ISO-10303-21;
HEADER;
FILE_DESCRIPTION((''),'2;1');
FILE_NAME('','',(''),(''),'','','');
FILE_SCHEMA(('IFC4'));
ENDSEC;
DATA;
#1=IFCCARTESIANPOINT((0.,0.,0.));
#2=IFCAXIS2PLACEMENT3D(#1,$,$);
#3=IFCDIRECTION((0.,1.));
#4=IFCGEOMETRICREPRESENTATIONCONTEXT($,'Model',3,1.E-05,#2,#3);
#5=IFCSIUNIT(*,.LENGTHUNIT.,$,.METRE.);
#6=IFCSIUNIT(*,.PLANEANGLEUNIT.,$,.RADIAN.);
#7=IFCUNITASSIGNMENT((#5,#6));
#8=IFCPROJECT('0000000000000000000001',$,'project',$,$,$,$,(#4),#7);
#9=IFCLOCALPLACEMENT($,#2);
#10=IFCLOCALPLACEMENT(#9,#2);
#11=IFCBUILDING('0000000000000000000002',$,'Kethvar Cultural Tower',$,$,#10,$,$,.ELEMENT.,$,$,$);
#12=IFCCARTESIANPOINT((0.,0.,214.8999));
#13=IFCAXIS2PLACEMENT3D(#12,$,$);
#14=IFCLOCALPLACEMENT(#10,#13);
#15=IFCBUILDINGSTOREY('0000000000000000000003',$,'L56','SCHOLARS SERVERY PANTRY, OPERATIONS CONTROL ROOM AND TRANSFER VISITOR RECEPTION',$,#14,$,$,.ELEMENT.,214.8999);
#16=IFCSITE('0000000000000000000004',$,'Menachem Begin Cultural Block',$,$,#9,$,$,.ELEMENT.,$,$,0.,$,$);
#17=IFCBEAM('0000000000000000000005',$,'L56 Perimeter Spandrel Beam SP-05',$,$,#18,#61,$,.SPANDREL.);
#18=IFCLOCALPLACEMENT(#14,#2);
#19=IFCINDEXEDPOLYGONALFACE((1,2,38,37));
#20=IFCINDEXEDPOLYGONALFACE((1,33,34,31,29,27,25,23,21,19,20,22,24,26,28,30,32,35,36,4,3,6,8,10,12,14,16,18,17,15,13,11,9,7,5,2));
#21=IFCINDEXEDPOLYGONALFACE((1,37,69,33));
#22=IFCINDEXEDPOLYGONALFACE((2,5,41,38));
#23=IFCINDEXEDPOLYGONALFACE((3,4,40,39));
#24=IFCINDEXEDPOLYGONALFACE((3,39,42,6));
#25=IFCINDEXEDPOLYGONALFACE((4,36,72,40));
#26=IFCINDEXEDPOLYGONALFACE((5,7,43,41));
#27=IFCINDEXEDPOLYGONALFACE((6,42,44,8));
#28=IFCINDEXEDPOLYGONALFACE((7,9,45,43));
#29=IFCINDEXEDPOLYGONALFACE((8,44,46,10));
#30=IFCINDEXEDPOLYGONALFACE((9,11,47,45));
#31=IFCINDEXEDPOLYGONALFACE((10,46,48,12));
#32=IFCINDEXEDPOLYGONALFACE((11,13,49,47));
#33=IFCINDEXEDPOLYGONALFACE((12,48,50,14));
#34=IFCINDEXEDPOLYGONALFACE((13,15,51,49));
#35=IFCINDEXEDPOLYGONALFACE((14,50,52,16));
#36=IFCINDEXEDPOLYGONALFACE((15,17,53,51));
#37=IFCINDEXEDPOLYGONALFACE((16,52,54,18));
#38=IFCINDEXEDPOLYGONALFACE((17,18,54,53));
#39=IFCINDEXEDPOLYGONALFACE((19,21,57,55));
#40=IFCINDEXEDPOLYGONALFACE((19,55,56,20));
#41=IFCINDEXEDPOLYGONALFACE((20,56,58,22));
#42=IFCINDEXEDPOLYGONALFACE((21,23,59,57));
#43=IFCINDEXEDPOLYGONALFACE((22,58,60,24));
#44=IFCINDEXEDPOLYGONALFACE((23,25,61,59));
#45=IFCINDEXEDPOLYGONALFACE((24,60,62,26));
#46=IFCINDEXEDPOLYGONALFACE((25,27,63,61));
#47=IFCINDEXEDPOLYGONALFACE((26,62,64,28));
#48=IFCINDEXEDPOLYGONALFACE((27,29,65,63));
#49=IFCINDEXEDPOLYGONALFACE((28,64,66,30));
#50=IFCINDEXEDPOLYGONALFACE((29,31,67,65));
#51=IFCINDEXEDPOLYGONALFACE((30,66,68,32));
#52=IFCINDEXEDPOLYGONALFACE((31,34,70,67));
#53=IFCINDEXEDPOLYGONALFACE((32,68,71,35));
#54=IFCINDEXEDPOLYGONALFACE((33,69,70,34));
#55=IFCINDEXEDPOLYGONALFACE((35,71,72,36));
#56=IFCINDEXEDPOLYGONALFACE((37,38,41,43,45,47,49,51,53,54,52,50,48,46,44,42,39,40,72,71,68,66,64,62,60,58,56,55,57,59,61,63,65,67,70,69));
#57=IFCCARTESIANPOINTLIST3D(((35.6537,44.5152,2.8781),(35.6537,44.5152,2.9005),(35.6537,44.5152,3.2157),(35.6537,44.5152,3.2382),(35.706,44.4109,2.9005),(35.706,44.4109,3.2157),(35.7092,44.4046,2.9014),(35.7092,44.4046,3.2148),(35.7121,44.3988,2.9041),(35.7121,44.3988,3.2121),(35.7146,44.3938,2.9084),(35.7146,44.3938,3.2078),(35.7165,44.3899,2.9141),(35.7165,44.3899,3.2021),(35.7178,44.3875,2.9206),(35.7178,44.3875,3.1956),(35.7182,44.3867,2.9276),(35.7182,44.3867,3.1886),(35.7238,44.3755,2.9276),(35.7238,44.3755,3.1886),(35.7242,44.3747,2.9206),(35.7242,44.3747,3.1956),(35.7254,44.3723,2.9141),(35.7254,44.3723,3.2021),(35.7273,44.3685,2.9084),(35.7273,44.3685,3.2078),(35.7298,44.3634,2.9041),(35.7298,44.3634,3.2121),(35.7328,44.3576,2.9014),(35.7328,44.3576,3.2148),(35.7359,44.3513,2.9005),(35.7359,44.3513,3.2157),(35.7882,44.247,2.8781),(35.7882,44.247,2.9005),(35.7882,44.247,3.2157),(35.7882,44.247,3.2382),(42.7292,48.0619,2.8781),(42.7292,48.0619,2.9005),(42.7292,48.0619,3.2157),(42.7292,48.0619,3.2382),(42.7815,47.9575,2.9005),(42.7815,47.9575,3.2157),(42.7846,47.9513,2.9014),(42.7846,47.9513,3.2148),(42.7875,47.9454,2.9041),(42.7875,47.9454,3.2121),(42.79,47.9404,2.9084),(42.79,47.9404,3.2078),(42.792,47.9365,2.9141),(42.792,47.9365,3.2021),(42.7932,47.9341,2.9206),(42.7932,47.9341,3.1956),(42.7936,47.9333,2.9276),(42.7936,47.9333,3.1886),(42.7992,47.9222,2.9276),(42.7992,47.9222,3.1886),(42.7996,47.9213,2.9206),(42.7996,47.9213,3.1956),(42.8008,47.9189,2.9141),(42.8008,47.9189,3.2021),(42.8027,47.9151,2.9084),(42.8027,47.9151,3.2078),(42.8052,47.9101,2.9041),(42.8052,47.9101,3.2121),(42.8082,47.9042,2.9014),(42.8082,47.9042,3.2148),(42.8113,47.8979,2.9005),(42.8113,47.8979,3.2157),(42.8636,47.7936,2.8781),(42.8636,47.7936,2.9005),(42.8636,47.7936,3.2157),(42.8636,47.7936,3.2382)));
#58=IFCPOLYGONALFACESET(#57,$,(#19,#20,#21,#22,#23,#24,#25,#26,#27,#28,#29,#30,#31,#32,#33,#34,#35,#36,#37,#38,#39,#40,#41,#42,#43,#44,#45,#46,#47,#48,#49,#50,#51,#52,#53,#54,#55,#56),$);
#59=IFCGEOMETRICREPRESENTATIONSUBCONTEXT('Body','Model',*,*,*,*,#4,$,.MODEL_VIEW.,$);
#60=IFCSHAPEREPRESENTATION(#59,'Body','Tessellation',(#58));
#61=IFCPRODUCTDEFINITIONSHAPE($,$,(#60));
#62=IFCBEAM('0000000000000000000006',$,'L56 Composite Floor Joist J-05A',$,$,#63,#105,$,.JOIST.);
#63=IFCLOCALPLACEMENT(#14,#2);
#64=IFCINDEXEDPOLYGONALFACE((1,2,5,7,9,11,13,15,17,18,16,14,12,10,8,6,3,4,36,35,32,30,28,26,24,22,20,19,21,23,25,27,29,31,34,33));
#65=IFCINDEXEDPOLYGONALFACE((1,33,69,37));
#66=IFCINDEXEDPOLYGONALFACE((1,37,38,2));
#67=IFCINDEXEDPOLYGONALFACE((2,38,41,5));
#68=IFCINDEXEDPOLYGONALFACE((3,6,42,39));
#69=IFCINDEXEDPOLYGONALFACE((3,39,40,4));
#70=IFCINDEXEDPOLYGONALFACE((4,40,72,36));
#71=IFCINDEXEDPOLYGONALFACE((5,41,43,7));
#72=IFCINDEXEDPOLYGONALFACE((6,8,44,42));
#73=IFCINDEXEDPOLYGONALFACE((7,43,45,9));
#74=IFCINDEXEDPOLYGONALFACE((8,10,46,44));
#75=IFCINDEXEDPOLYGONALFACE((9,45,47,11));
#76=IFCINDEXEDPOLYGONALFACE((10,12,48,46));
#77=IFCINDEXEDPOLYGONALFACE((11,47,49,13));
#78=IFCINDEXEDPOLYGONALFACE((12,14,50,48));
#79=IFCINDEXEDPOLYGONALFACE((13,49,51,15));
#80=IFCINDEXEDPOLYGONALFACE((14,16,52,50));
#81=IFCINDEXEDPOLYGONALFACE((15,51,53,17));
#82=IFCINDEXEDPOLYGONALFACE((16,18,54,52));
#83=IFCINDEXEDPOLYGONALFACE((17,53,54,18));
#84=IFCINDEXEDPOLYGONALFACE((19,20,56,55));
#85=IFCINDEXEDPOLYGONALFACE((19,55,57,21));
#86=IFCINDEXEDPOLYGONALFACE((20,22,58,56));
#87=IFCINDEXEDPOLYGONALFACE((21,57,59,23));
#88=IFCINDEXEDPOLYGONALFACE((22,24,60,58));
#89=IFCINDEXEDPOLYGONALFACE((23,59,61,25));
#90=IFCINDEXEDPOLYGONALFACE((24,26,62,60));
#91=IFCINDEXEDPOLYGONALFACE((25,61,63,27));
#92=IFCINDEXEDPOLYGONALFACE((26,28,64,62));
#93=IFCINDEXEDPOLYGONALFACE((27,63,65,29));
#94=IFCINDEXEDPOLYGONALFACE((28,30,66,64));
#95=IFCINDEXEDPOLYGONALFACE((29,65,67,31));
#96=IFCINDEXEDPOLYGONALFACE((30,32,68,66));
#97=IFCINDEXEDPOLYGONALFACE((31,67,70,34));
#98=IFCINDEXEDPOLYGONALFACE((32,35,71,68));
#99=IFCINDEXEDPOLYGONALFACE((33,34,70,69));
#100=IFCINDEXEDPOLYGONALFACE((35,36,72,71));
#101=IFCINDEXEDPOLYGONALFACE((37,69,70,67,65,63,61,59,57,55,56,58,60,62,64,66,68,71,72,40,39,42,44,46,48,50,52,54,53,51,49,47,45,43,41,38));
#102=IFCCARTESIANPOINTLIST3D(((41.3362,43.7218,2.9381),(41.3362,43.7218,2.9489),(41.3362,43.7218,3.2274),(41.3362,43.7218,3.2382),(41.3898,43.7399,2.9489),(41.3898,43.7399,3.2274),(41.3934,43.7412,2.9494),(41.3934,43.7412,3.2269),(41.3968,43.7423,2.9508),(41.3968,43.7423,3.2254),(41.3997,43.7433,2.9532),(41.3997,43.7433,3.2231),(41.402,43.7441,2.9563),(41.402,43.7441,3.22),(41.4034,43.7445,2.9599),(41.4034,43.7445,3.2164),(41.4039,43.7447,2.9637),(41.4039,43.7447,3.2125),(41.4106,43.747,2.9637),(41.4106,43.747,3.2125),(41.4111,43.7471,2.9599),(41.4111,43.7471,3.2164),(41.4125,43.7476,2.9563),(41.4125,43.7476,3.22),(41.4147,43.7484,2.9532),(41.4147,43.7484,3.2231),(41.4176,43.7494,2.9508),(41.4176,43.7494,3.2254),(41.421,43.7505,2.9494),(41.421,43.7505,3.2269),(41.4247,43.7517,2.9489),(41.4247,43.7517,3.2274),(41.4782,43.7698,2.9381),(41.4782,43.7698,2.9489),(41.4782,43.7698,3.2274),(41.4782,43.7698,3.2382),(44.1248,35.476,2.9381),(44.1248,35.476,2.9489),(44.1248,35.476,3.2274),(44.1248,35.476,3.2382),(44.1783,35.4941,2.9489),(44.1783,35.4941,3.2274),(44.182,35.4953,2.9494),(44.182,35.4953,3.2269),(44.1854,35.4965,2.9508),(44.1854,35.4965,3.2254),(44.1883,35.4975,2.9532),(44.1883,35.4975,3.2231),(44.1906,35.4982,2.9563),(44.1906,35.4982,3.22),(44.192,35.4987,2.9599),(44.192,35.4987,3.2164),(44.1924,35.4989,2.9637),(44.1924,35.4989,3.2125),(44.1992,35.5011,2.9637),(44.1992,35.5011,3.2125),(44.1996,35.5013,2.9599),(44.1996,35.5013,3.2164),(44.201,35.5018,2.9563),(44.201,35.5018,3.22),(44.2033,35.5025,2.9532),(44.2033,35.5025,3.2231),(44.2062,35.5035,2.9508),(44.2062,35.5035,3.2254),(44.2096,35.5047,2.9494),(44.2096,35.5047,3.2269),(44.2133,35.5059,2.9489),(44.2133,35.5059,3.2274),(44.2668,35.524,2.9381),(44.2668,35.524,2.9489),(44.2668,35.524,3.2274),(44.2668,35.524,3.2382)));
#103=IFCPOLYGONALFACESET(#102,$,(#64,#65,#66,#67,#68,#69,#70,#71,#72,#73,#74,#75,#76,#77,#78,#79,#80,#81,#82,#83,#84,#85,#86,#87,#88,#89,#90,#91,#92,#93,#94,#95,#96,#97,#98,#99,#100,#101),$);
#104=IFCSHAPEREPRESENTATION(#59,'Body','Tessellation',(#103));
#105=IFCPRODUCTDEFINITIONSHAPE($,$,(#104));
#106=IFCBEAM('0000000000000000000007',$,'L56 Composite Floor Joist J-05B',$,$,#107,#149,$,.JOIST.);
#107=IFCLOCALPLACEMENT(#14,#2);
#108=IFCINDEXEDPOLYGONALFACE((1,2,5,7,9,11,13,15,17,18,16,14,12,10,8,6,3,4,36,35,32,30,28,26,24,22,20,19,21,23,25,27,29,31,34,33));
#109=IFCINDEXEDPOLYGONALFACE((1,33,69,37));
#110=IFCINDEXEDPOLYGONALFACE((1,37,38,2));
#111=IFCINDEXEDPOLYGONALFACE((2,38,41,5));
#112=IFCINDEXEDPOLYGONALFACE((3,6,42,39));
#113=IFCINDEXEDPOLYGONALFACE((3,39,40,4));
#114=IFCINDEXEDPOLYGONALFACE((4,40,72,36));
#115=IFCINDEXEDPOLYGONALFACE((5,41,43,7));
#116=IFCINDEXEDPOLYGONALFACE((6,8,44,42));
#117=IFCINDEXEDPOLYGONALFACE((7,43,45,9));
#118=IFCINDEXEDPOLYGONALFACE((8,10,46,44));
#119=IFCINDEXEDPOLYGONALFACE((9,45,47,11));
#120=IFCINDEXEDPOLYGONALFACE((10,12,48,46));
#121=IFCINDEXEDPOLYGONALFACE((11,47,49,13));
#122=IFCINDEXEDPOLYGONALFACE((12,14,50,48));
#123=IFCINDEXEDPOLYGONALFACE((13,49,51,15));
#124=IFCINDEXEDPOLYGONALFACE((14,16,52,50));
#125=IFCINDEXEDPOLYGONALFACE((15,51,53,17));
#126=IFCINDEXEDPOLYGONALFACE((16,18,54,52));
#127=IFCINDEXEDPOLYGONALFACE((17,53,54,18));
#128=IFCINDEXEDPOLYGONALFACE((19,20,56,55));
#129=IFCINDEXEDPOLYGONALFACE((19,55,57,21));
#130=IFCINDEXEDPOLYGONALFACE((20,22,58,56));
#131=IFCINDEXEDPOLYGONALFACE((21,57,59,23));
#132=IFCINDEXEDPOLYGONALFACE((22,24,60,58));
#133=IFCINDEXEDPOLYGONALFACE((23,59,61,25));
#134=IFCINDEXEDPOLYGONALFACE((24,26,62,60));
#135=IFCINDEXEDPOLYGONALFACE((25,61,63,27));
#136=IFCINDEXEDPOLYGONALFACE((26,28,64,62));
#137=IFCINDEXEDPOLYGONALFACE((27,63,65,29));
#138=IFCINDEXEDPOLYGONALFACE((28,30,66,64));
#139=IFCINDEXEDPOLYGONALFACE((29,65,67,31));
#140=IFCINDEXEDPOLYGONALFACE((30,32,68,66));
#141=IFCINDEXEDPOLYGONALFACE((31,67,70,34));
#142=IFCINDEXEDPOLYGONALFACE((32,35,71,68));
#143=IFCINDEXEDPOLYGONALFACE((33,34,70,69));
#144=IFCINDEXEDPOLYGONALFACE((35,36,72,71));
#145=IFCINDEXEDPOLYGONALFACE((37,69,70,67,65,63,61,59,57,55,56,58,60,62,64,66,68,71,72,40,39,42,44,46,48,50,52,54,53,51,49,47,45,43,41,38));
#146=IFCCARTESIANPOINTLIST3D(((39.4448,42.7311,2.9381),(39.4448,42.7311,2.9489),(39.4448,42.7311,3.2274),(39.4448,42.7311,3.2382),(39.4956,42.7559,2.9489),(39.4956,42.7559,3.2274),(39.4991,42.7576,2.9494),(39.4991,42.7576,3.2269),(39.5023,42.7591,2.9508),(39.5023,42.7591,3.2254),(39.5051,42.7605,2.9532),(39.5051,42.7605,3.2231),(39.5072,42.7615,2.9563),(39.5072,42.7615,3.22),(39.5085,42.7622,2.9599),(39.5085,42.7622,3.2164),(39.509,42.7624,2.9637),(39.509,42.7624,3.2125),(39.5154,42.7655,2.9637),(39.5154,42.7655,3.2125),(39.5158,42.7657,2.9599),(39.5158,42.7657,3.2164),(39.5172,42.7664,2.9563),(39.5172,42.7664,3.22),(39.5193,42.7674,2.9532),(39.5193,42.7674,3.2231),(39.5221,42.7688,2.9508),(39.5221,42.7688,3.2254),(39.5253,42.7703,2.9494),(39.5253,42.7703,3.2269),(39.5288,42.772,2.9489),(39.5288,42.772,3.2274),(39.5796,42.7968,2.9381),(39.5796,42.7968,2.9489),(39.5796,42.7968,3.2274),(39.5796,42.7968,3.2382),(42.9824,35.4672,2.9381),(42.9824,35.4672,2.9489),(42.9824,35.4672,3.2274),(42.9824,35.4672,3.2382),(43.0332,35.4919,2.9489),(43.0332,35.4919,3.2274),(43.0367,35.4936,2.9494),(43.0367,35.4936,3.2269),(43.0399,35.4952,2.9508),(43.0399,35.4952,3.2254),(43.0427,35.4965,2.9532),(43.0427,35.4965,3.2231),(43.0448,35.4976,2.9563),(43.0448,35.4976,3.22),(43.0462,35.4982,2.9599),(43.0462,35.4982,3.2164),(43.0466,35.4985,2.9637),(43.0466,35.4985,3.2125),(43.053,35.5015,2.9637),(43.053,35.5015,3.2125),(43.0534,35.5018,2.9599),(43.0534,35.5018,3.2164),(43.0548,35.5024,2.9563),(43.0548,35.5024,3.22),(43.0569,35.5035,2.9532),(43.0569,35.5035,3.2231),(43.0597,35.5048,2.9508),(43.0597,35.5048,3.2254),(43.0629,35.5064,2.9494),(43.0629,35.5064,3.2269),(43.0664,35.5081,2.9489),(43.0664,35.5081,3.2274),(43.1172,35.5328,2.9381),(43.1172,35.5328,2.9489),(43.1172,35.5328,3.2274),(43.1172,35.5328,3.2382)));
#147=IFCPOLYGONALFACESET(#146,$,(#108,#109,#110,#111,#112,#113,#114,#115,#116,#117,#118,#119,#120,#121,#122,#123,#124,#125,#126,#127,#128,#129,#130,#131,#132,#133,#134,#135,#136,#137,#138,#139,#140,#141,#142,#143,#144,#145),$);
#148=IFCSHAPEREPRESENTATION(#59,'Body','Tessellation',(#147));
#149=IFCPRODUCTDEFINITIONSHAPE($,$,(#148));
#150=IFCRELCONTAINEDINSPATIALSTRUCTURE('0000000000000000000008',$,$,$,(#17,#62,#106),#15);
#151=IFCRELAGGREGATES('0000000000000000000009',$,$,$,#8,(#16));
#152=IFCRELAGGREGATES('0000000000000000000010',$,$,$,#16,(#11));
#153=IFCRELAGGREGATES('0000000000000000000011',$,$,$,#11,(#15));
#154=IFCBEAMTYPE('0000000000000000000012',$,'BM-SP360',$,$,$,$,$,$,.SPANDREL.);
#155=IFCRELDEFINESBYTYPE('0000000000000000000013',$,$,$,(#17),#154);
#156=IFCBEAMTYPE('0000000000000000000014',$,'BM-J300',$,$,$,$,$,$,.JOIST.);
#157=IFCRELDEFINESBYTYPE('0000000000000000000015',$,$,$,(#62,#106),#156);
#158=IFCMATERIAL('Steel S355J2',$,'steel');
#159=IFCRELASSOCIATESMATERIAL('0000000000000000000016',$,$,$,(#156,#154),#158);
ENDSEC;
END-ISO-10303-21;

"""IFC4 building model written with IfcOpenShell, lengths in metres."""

from ifc_helpers import new_model, si_unit, direction, frame, origin, origin_2d, place, context, subcontext, project, spatial, i_section, extrude, source, transform, mapped, material, material_profile, profile_set, type_object, element, save


model = new_model("IFC4")

# Units and contexts
model_context = context("Model", 3, precision=1e-05, world=origin(), true_north=direction((0.0, 1.0)))
body_context = subcontext(model_context, "Body", "Model", "MODEL_VIEW")
ifc_project = project(units=[si_unit("LENGTHUNIT", "METRE"), si_unit("PLANEANGLEUNIT", "RADIAN")], contexts=[model_context])

# Site, building, storey
site_placement = place(None, origin())
site = spatial("IfcSite", under=ifc_project, at=site_placement, Name="Menachem Begin Cultural Block", CompositionType="ELEMENT", RefElevation=0.0)
building_placement = place(site_placement, origin())
building = spatial("IfcBuilding", under=site, at=building_placement, Name="Kethvar Cultural Tower", CompositionType="ELEMENT")
storey_placement = place(building_placement, frame((0.0, 0.0, 214.8999)))
storey = spatial("IfcBuildingStorey", under=building, at=storey_placement, Name="L56", Description="SCHOLARS SERVERY PANTRY, OPERATIONS CONTROL ROOM AND TRANSFER VISITOR RECEPTION", CompositionType="ELEMENT", Elevation=214.8999)

# Beams
ifc_material_1 = material(Name="Steel S355J2", Category="steel")
ifc_material_profile_1 = material_profile(ifc_material_1, i_section(OverallWidth=0.1499, OverallDepth=0.3, WebThickness=0.0071, FlangeThickness=0.0107, FilletRadius=0.0149, at=origin_2d()), Name="Steel S355J2 — IPE300")
ifc_profile_set_1 = profile_set([ifc_material_profile_1], Name="Steel S355J2 — IPE300")
beam_type_1 = type_object("IfcBeamType", Name="BM-J300", PredefinedType="JOIST", material=ifc_profile_set_1)
ifc_material_profile_2 = material_profile(ifc_material_1, i_section(OverallWidth=0.3, OverallDepth=0.3601, WebThickness=0.0125, FlangeThickness=0.0225, FilletRadius=0.0271, at=origin_2d()), Name="Steel S355J2 — HEB360")
ifc_profile_set_2 = profile_set([ifc_material_profile_2], Name="Steel S355J2 — HEB360")
beam_type_2 = type_object("IfcBeamType", Name="BM-SP360", PredefinedType="SPANDREL", material=ifc_profile_set_2)
shared_shape_1 = source(origin(), body_context, "Body", "SweptSolid", [
    extrude(i_section(OverallWidth=0.3, OverallDepth=0.3601, WebThickness=0.0125, FlangeThickness=0.0225, FilletRadius=0.0271, at=origin_2d()), origin(), (0.0, 0.0, 1.0), 7.9146),
])
beam_1_placement = place(storey_placement, frame((42.7964, 47.9277, 3.0581), z_axis=(-0.893976, -0.448114, 0.0), x_axis=(0.448114, -0.893976, 0.0)))
element("IfcBeam", 1, at=beam_1_placement, inside=storey, type_object=beam_type_2, Name="L56 Perimeter Spandrel Beam SP-05", PredefinedType="SPANDREL", context=body_context, shape_type="MappedRepresentation", body=[
    mapped(shared_shape_1, transform((0.0, 0.0, 0.0), scale=1.0)),
])
shared_shape_2 = source(origin(), body_context, "Body", "SweptSolid", [
    extrude(i_section(OverallWidth=0.1499, OverallDepth=0.3, WebThickness=0.0071, FlangeThickness=0.0107, FilletRadius=0.0149, at=origin_2d()), origin(), (0.0, 0.0, 1.0), 8.7046),
])
beam_2_placement = place(storey_placement, frame((44.1958, 35.5, 3.0881), z_axis=(-0.320356, 0.947297, 0.0), x_axis=(-0.947297, -0.320356, 0.0)))
element("IfcBeam", 2, at=beam_2_placement, inside=storey, type_object=beam_type_1, Name="L56 Composite Floor Joist J-05A", PredefinedType="JOIST", context=body_context, shape_type="MappedRepresentation", body=[
    mapped(shared_shape_2, transform((0.0, 0.0, 0.0), scale=1.0)),
])
shared_shape_3 = source(origin(), body_context, "Body", "SweptSolid", [
    extrude(i_section(OverallWidth=0.1499, OverallDepth=0.3, WebThickness=0.0071, FlangeThickness=0.0107, FilletRadius=0.0149, at=origin_2d()), origin(), (0.0, 0.0, 1.0), 8.0796),
])
beam_3_placement = place(storey_placement, frame((43.0498, 35.5, 3.0881), z_axis=(-0.437846, 0.89905, 0.0), x_axis=(-0.89905, -0.437846, 0.0)))
element("IfcBeam", 3, at=beam_3_placement, inside=storey, type_object=beam_type_1, Name="L56 Composite Floor Joist J-05B", PredefinedType="JOIST", context=body_context, shape_type="MappedRepresentation", body=[
    mapped(shared_shape_3, transform((0.0, 0.0, 0.0), scale=1.0)),
])

save(model, "model.ifc")
